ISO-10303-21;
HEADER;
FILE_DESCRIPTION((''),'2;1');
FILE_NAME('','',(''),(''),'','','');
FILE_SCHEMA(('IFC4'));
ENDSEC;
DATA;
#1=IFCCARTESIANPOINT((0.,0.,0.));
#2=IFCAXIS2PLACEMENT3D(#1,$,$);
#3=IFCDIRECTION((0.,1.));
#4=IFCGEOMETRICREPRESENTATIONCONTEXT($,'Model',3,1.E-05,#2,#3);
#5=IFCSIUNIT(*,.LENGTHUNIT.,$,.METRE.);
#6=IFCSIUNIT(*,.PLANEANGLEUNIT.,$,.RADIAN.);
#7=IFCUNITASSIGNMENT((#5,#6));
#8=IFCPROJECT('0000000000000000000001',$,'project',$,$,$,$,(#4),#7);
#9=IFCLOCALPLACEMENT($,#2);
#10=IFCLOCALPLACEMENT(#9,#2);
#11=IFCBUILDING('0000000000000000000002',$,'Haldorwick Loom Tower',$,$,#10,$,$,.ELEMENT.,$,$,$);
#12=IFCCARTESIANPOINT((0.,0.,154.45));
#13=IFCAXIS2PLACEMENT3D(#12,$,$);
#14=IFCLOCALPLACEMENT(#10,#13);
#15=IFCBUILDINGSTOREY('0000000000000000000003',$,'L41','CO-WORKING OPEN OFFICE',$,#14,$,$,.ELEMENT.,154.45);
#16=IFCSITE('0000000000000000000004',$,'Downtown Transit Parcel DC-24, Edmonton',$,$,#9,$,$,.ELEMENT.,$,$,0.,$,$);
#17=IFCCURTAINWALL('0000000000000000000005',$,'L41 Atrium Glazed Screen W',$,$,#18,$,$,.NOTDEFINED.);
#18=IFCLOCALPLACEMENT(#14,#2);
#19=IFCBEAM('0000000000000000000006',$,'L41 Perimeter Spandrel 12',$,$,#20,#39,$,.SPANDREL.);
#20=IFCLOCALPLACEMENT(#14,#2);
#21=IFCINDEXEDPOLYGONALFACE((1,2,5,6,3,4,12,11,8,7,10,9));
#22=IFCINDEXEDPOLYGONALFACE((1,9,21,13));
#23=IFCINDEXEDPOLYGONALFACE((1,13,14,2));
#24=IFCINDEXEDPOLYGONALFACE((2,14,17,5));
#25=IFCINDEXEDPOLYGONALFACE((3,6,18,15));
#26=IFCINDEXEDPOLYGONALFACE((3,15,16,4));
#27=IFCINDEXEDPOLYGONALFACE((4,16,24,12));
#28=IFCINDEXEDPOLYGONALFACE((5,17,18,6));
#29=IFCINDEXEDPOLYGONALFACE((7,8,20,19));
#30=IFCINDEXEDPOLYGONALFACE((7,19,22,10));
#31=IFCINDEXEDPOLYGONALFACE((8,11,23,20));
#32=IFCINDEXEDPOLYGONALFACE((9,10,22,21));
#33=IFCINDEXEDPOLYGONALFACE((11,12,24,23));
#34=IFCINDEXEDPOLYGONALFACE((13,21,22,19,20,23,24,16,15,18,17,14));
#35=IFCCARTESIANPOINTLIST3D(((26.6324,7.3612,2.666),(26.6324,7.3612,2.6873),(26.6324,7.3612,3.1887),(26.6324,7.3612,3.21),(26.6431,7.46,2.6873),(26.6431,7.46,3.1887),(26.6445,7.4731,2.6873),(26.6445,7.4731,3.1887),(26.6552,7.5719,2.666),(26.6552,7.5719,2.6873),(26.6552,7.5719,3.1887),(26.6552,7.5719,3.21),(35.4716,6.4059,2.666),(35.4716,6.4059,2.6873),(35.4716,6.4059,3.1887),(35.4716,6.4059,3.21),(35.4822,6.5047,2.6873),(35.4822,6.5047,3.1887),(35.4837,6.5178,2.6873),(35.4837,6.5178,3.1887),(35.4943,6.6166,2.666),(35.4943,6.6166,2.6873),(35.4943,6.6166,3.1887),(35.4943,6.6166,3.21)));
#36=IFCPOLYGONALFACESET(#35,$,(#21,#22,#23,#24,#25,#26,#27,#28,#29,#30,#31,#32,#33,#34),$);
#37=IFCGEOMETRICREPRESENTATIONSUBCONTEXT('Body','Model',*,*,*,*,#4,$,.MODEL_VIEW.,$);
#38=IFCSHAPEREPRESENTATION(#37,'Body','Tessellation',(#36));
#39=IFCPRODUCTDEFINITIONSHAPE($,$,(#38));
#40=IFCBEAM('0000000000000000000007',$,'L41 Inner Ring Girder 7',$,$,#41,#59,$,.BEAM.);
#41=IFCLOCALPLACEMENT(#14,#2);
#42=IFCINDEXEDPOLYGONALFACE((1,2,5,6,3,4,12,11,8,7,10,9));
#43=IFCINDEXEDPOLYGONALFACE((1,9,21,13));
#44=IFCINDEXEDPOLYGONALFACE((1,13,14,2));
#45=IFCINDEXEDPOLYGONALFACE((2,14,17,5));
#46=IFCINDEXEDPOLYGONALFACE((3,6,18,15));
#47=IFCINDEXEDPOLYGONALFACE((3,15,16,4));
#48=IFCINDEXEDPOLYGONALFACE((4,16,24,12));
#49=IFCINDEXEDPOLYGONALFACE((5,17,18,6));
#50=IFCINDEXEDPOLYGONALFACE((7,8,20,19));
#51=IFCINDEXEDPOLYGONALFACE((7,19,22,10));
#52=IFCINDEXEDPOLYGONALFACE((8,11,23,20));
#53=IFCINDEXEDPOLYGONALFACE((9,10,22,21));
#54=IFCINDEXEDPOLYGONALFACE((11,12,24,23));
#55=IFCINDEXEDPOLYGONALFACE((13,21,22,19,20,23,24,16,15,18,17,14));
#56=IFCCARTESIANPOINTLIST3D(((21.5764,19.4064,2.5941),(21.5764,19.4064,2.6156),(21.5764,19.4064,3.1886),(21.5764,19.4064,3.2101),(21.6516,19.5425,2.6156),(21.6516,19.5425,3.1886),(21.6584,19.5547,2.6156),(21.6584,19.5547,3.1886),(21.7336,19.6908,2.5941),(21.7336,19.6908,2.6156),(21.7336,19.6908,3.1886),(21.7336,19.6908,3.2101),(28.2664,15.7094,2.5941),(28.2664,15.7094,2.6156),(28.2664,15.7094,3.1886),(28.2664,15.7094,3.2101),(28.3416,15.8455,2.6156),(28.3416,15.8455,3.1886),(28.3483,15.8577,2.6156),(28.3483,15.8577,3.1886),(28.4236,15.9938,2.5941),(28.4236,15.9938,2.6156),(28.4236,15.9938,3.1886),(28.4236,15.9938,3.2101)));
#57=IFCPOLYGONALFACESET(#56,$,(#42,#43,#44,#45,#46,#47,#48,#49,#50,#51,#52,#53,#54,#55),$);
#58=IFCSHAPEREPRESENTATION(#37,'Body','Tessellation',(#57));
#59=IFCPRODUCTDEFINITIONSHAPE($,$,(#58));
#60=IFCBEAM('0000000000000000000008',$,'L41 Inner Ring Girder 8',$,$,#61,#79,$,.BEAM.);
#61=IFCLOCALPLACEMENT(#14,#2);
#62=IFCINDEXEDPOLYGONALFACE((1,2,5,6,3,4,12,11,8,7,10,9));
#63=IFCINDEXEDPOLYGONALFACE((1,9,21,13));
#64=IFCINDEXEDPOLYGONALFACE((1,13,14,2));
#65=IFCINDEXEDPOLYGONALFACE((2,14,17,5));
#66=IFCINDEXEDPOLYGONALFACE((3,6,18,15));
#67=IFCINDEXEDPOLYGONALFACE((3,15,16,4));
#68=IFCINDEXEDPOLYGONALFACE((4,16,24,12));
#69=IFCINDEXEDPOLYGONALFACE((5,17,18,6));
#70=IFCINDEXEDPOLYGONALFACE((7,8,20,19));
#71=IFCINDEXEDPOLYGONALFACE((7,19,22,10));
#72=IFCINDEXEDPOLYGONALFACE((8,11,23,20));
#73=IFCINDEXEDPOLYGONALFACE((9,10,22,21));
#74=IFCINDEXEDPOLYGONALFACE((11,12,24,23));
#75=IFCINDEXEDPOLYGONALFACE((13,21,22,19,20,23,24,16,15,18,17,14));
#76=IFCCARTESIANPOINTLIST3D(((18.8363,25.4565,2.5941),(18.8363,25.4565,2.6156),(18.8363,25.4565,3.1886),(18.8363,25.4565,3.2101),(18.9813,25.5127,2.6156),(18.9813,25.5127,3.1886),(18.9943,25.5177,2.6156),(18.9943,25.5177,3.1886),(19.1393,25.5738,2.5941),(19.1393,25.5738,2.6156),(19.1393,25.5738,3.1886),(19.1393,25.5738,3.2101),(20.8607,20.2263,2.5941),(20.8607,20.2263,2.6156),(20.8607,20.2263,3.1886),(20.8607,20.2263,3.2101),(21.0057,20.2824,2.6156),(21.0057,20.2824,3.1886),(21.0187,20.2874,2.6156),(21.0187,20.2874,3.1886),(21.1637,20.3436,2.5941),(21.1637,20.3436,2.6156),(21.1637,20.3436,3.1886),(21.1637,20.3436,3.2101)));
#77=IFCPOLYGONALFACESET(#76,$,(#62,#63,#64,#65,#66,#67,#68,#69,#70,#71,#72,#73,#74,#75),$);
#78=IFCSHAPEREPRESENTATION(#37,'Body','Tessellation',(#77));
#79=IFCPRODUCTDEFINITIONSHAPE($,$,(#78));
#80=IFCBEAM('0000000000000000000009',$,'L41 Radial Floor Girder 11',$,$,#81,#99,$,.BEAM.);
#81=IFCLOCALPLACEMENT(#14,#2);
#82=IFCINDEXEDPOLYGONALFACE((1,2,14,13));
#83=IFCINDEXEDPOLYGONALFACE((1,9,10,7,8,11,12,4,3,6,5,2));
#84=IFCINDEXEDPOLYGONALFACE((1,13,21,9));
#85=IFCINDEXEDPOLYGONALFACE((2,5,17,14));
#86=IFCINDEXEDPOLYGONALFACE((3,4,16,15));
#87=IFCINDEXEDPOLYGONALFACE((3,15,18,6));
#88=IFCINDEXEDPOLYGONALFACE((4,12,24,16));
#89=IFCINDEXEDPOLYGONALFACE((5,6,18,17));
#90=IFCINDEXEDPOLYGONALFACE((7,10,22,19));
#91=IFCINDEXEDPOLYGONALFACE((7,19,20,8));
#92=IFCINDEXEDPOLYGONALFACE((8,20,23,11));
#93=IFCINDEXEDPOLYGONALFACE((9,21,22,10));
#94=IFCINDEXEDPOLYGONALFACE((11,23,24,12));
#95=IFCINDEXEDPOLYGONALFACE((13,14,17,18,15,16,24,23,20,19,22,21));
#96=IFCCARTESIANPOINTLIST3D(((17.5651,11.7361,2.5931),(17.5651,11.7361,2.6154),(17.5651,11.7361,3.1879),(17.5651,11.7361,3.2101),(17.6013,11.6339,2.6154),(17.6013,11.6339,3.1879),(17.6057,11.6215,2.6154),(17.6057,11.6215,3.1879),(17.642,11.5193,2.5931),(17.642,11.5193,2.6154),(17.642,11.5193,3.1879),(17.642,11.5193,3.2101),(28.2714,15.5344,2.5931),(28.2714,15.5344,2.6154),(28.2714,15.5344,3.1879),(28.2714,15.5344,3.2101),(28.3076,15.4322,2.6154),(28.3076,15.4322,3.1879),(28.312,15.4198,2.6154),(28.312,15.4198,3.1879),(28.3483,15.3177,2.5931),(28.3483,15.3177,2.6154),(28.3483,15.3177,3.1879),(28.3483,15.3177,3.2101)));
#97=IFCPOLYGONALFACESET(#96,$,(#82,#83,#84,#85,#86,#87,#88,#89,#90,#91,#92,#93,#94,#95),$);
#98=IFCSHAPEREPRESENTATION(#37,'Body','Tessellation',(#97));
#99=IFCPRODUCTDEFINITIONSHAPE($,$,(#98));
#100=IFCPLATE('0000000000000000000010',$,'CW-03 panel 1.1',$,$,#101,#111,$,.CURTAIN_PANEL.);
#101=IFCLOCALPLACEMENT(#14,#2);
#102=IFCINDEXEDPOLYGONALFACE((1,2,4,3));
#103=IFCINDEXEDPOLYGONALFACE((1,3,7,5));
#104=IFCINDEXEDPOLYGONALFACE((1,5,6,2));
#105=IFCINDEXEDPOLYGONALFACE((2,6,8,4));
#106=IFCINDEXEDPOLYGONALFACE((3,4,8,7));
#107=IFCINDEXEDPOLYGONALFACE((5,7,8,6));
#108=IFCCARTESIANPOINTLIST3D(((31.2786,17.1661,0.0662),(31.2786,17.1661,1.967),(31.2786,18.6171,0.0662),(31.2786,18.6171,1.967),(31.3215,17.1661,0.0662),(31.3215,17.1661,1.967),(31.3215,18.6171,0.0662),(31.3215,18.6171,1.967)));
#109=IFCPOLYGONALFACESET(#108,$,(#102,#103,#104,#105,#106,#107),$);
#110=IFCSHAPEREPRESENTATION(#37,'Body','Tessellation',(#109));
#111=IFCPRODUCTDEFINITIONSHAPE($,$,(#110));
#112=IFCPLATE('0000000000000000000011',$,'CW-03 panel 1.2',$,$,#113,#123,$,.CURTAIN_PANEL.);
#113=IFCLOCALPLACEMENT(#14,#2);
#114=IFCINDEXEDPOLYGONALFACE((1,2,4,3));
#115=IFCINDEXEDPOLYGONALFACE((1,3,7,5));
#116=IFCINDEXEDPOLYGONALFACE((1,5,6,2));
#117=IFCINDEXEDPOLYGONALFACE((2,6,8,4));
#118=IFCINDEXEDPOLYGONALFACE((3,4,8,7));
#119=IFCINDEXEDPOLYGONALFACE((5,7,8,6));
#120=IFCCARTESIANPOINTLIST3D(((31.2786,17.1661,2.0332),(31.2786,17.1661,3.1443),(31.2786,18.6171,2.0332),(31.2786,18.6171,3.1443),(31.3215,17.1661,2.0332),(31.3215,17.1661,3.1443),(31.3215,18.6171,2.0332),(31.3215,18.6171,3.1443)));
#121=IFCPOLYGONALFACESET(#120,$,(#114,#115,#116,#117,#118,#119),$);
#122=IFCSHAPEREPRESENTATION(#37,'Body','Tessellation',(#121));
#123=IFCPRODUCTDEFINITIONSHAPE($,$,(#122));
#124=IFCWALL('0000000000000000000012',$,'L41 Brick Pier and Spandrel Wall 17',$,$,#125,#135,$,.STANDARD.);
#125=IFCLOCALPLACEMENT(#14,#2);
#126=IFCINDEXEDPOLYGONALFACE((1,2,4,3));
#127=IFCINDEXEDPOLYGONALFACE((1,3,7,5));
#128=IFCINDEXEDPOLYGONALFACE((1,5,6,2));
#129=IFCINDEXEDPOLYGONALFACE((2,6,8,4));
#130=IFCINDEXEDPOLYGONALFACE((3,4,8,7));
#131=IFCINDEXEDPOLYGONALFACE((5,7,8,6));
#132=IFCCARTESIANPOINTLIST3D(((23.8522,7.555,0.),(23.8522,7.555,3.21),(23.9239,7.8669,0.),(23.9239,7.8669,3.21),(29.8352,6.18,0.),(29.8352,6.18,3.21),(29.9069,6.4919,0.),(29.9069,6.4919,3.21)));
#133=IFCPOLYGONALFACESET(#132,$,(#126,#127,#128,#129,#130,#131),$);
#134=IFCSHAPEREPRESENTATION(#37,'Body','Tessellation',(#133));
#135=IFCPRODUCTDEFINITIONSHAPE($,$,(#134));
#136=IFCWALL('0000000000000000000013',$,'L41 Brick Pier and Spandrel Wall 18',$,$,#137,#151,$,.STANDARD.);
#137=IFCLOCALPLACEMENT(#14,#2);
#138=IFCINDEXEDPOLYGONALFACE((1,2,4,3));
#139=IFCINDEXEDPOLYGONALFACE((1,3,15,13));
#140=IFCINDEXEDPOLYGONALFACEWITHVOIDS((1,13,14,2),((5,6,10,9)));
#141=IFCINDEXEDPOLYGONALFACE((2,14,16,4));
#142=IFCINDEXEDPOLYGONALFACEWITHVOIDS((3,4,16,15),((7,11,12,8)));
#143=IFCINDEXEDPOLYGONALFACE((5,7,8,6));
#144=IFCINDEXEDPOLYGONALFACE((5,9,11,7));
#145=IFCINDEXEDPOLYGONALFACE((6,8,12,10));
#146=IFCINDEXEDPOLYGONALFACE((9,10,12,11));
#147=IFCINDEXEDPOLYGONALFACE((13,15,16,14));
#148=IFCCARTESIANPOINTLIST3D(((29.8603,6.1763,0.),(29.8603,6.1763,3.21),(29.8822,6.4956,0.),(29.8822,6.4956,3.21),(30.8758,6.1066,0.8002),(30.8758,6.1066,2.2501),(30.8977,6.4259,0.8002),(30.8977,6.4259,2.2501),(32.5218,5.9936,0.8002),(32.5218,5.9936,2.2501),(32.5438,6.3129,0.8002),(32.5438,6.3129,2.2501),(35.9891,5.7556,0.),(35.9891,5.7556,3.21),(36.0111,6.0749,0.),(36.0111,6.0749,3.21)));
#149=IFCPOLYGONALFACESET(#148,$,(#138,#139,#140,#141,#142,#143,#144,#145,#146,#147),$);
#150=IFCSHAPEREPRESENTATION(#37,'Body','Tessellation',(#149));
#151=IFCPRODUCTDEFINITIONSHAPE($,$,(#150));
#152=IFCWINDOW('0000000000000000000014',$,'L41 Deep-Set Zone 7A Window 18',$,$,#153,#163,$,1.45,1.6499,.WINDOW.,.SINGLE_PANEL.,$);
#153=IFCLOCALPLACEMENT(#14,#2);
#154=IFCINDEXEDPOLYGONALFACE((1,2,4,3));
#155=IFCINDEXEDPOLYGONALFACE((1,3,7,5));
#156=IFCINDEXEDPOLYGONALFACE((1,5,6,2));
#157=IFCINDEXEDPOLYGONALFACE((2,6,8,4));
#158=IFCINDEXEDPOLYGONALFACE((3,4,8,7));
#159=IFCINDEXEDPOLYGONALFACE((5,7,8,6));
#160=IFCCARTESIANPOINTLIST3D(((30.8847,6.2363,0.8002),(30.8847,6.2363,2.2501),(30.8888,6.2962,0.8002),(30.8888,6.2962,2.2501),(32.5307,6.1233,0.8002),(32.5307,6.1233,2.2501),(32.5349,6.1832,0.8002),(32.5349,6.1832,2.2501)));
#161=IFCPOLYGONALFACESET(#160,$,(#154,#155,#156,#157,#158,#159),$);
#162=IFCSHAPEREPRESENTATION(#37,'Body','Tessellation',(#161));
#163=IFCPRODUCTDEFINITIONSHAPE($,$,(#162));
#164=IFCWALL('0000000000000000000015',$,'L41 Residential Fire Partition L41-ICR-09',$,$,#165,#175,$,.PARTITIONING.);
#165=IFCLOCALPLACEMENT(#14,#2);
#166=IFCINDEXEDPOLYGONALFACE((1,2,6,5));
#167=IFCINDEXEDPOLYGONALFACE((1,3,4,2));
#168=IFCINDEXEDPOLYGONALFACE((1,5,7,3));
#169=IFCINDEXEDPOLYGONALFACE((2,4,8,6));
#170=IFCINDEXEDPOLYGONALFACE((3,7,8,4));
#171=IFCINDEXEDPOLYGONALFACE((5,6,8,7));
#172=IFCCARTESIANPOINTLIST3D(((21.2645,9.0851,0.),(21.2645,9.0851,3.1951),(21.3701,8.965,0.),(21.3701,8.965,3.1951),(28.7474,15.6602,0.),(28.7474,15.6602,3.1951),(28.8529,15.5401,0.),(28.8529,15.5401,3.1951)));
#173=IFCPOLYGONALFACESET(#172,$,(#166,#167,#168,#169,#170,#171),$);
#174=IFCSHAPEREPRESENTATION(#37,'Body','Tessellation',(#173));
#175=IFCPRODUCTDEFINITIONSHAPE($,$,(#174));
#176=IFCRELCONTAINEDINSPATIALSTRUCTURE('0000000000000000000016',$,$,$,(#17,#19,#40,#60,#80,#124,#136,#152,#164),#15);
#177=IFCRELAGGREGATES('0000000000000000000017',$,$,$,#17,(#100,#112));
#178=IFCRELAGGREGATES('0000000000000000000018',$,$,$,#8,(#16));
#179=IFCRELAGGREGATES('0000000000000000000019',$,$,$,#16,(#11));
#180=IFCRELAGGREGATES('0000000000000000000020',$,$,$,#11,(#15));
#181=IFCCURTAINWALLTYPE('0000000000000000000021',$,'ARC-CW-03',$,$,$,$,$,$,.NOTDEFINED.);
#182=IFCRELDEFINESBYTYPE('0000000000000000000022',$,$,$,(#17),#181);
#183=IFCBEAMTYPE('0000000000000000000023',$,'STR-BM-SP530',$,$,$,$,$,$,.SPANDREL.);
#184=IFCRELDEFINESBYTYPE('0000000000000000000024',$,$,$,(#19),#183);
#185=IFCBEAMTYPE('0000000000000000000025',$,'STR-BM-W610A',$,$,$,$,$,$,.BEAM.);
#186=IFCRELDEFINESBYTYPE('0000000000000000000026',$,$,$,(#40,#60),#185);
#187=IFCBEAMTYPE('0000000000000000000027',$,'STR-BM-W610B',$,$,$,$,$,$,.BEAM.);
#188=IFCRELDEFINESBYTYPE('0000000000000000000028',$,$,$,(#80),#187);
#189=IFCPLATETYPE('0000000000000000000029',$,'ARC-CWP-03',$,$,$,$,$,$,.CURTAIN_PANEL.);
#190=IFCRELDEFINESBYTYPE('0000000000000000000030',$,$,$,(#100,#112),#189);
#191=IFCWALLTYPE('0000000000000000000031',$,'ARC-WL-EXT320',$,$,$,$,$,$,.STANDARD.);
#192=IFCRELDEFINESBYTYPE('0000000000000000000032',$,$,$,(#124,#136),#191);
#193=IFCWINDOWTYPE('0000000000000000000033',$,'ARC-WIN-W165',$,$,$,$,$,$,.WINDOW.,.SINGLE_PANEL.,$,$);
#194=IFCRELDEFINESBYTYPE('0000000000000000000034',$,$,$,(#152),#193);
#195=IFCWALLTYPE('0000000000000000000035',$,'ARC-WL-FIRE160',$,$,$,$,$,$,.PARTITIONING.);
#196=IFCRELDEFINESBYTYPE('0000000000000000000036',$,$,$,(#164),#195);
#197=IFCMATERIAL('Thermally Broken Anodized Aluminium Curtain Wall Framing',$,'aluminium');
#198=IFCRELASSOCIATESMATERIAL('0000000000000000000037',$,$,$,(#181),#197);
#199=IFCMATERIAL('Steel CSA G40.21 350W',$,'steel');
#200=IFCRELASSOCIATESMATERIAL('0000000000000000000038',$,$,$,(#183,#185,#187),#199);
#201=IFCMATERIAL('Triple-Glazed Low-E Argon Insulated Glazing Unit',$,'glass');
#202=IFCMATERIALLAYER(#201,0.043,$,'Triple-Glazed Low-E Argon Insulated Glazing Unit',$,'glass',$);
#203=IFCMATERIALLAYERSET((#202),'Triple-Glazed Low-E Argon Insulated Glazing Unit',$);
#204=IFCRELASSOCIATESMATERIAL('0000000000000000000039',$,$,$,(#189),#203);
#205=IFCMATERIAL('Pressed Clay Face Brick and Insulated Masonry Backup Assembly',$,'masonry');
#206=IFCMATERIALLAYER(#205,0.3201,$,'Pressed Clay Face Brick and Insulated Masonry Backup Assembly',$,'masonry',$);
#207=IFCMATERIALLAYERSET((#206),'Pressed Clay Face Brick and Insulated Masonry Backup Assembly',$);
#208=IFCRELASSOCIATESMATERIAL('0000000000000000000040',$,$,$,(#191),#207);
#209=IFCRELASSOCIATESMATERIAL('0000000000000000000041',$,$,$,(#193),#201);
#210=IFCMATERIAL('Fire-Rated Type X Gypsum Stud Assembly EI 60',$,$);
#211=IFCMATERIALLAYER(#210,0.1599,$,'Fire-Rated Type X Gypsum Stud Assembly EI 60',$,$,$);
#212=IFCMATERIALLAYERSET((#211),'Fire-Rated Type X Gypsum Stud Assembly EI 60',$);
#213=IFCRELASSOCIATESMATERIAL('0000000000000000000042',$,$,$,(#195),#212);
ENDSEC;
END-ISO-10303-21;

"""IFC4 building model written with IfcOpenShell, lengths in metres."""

from ifc_helpers import new_model, si_unit, direction, frame, frame_2d, origin, origin_2d, place, context, subcontext, project, spatial, rectangle, i_section, extrude, material, layer, layer_set, material_profile, profile_set, type_object, element, fill, aggregate, save


model = new_model("IFC4")

# Units and contexts
model_context = context("Model", 3, precision=1e-05, world=origin(), true_north=direction((0.0, 1.0)))
body_context = subcontext(model_context, "Body", "Model", "MODEL_VIEW")
ifc_project = project(units=[si_unit("LENGTHUNIT", "METRE"), si_unit("PLANEANGLEUNIT", "RADIAN")], contexts=[model_context])

# Site, building, storey
site_placement = place(None, origin())
site = spatial("IfcSite", under=ifc_project, at=site_placement, Name="Downtown Transit Parcel DC-24, Edmonton", CompositionType="ELEMENT", RefElevation=0.0)
building_placement = place(site_placement, origin())
building = spatial("IfcBuilding", under=site, at=building_placement, Name="Haldorwick Loom Tower", CompositionType="ELEMENT")
storey_placement = place(building_placement, frame((0.0, 0.0, 154.45)))
storey = spatial("IfcBuildingStorey", under=building, at=storey_placement, Name="L41", Description="CO-WORKING OPEN OFFICE", CompositionType="ELEMENT", Elevation=154.45)

# Curtain wall
ifc_material_1 = material(Name="Thermally Broken Anodized Aluminium Curtain Wall Framing", Category="aluminium")
curtain_wall_type = type_object("IfcCurtainWallType", Name="ARC-CW-03", PredefinedType="NOTDEFINED", material=ifc_material_1)
curtain_wall_placement = place(storey_placement, origin())
curtain_wall = element("IfcCurtainWall", 1, at=curtain_wall_placement, inside=storey, type_object=curtain_wall_type, Name="L41 Atrium Glazed Screen W", PredefinedType="NOTDEFINED")

# Beams
ifc_material_2 = material(Name="Steel CSA G40.21 350W", Category="steel")
ifc_material_profile_1 = material_profile(ifc_material_2, i_section(OverallWidth=0.2119, OverallDepth=0.5439, WebThickness=0.0132, FlangeThickness=0.0212, at=origin_2d()), Name="W530X123", Category="steel")
ifc_profile_set_1 = profile_set([ifc_material_profile_1], Name="Steel CSA G40.21 350W")
beam_type_1 = type_object("IfcBeamType", Name="STR-BM-SP530", PredefinedType="SPANDREL", material=ifc_profile_set_1)
beam_1_placement = place(storey_placement, frame((26.6438, 7.4666, 2.938), z_axis=(0.99421, -0.107453, 0.0), x_axis=(0.107453, 0.99421, 0.0)))
element("IfcBeam", 2, at=beam_1_placement, inside=storey, type_object=beam_type_1, Name="L41 Perimeter Spandrel 12", PredefinedType="SPANDREL", context=body_context, shape_type="SweptSolid", body=[
    extrude(i_section(OverallWidth=0.2119, OverallDepth=0.5439, WebThickness=0.0132, FlangeThickness=0.0212, at=origin_2d()), origin(), (0.0, 0.0, 1.0), 8.8906),
])
ifc_material_profile_2 = material_profile(ifc_material_2, i_section(OverallWidth=0.325, OverallDepth=0.616, WebThickness=0.0139, FlangeThickness=0.0215, at=origin_2d()), Name="W610X174", Category="steel")
ifc_profile_set_2 = profile_set([ifc_material_profile_2], Name="Steel CSA G40.21 350W")
beam_type_2 = type_object("IfcBeamType", Name="STR-BM-W610A", PredefinedType="BEAM", material=ifc_profile_set_2)
beam_2_placement = place(storey_placement, frame((28.345, 15.8516, 2.9021), z_axis=(-0.875244, 0.483681, 0.0), x_axis=(-0.483681, -0.875244, 0.0)))
element("IfcBeam", 3, at=beam_2_placement, inside=storey, type_object=beam_type_2, Name="L41 Inner Ring Girder 7", PredefinedType="BEAM", context=body_context, shape_type="SweptSolid", body=[
    extrude(i_section(OverallWidth=0.325, OverallDepth=0.616, WebThickness=0.0139, FlangeThickness=0.0215, at=origin_2d()), origin(), (0.0, 0.0, 1.0), 7.6436),
])
beam_3_placement = place(storey_placement, frame((21.0122, 20.2849, 2.9021), z_axis=(-0.360965, 0.932579, 0.0), x_axis=(-0.932579, -0.360965, 0.0)))
element("IfcBeam", 4, at=beam_3_placement, inside=storey, type_object=beam_type_2, Name="L41 Inner Ring Girder 8", PredefinedType="BEAM", context=body_context, shape_type="SweptSolid", body=[
    extrude(i_section(OverallWidth=0.325, OverallDepth=0.616, WebThickness=0.0139, FlangeThickness=0.0215, at=origin_2d()), origin(), (0.0, 0.0, 1.0), 5.6084),
])
ifc_material_profile_3 = material_profile(ifc_material_2, i_section(OverallWidth=0.23, OverallDepth=0.6169, WebThickness=0.0132, FlangeThickness=0.0222, at=origin_2d()), Name="W610X140", Category="steel")
ifc_profile_set_3 = profile_set([ifc_material_profile_3], Name="Steel CSA G40.21 350W")
beam_type_3 = type_object("IfcBeamType", Name="STR-BM-W610B", PredefinedType="BEAM", material=ifc_profile_set_3)
beam_4_placement = place(storey_placement, frame((28.3098, 15.426, 2.9016), z_axis=(-0.942446, -0.334358, 0.0), x_axis=(0.334358, -0.942446, 0.0)))
element("IfcBeam", 5, at=beam_4_placement, inside=storey, type_object=beam_type_3, Name="L41 Radial Floor Girder 11", PredefinedType="BEAM", context=body_context, shape_type="SweptSolid", body=[
    extrude(i_section(OverallWidth=0.23, OverallDepth=0.6169, WebThickness=0.0132, FlangeThickness=0.0222, at=origin_2d()), origin(), (0.0, 0.0, 1.0), 11.3601),
])

# Plates
ifc_material_3 = material(Name="Triple-Glazed Low-E Argon Insulated Glazing Unit", Category="glass")
ifc_layer_1 = layer(ifc_material_3, 0.043, Name="Triple-Glazed Low-E Argon Insulated Glazing Unit", Category="glass")
ifc_layer_set_1 = layer_set([ifc_layer_1], Name="Triple-Glazed Low-E Argon Insulated Glazing Unit")
plate_type = type_object("IfcPlateType", Name="ARC-CWP-03", PredefinedType="CURTAIN_PANEL", material=ifc_layer_set_1)
plate_1_placement = place(storey_placement, frame((31.3, 17.8916, 0.0662), z_axis=(0.0, 0.0, 1.0), x_axis=(0.0, 1.0, 0.0)))
plate_1 = element("IfcPlate", 6, at=plate_1_placement, type_object=plate_type, Name="CW-03 panel 1.1", PredefinedType="CURTAIN_PANEL", context=body_context, shape_type="SweptSolid", body=[
    extrude(rectangle(XDim=1.4509, YDim=0.043, at=origin_2d()), origin(), (0.0, 0.0, 1.0), 1.9009),
])
plate_2_placement = place(storey_placement, frame((31.3, 17.8916, 2.0332), z_axis=(0.0, 0.0, 1.0), x_axis=(0.0, 1.0, 0.0)))
plate_2 = element("IfcPlate", 7, at=plate_2_placement, type_object=plate_type, Name="CW-03 panel 1.2", PredefinedType="CURTAIN_PANEL", context=body_context, shape_type="SweptSolid", body=[
    extrude(rectangle(XDim=1.4509, YDim=0.043, at=origin_2d()), origin(), (0.0, 0.0, 1.0), 1.1111),
])
aggregate(curtain_wall, [plate_1, plate_2])

# Wall
ifc_material_4 = material(Name="Pressed Clay Face Brick and Insulated Masonry Backup Assembly", Category="masonry")
ifc_layer_2 = layer(ifc_material_4, 0.3201, Name="Pressed Clay Face Brick and Insulated Masonry Backup Assembly", Category="masonry")
ifc_layer_set_2 = layer_set([ifc_layer_2], Name="Pressed Clay Face Brick and Insulated Masonry Backup Assembly")
wall_type_1 = type_object("IfcWallType", Name="ARC-WL-EXT320", PredefinedType="STANDARD", material=ifc_layer_set_2)
wall_1_placement = place(storey_placement, frame((23.8882, 7.7109, 0.0), z_axis=(0.0, 0.0, 1.0), x_axis=(0.974593, -0.223982, 0.0)))
element("IfcWall", 8, at=wall_1_placement, inside=storey, type_object=wall_type_1, Name="L41 Brick Pier and Spandrel Wall 17", PredefinedType="STANDARD", context=body_context, shape_type="SweptSolid", body=[
    extrude(rectangle(XDim=6.1389, YDim=0.3201, at=frame_2d((3.0693, 0.0))), origin(), (0.0, 0.0, 1.0), 3.21),
])

# Wall, opening, window
wall_2_placement = place(storey_placement, frame((29.8711, 6.3359, 0.0), z_axis=(0.0, 0.0, 1.0), x_axis=(0.997653, -0.068473, 0.0)))
wall_2 = element("IfcWall", 9, at=wall_2_placement, inside=storey, type_object=wall_type_1, Name="L41 Brick Pier and Spandrel Wall 18", PredefinedType="STANDARD", context=body_context, shape_type="SweptSolid", body=[
    extrude(rectangle(XDim=6.1433, YDim=0.3201, at=frame_2d((3.0718, 0.0))), origin(), (0.0, 0.0, 1.0), 3.21),
])
opening_placement = place(wall_2_placement, frame((1.0181, 0.0, 0.8)))
opening = element("IfcOpeningElement", 10, at=opening_placement, cuts=wall_2, PredefinedType="OPENING", context=body_context, shape_type="SweptSolid", body=[
    extrude(rectangle(XDim=1.6499, YDim=1.45, at=frame_2d((0.825, 0.7251))), frame((0.0, 0.1699, 0.0), z_axis=(0.0, -1.0, 0.0), x_axis=(1.0, 0.0, 0.0)), (0.0, 0.0, 1.0), 0.3401),
])
window_type = type_object("IfcWindowType", Name="ARC-WIN-W165", PartitioningType="SINGLE_PANEL", PredefinedType="WINDOW", material=ifc_material_3)
window_placement = place(opening_placement, origin())
window = element("IfcWindow", 11, at=window_placement, inside=storey, type_object=window_type, Name="L41 Deep-Set Zone 7A Window 18", OverallHeight=1.45, OverallWidth=1.6499, PartitioningType="SINGLE_PANEL", PredefinedType="WINDOW", context=body_context, shape_type="SweptSolid", body=[
    extrude(rectangle(XDim=1.6499, YDim=1.45, at=frame_2d((0.825, 0.7251))), frame((0.0, 0.03, 0.0), z_axis=(0.0, -1.0, 0.0), x_axis=(1.0, 0.0, 0.0)), (0.0, 0.0, 1.0), 0.0601),
])
fill(opening, window)

# Wall
ifc_material_5 = material(Name="Fire-Rated Type X Gypsum Stud Assembly EI 60")
ifc_layer_3 = layer(ifc_material_5, 0.1599, Name="Fire-Rated Type X Gypsum Stud Assembly EI 60")
ifc_layer_set_3 = layer_set([ifc_layer_3], Name="Fire-Rated Type X Gypsum Stud Assembly EI 60")
wall_type_2 = type_object("IfcWallType", Name="ARC-WL-FIRE160", PredefinedType="PARTITIONING", material=ifc_layer_set_3)
wall_3_placement = place(storey_placement, frame((28.8, 15.6001, 0.0), z_axis=(0.0, 0.0, 1.0), x_axis=(-0.7512, -0.660075, 0.0)))
element("IfcWall", 12, at=wall_3_placement, inside=storey, type_object=wall_type_2, Name="L41 Residential Fire Partition L41-ICR-09", PredefinedType="PARTITIONING", context=body_context, shape_type="SweptSolid", body=[
    extrude(rectangle(XDim=9.9612, YDim=0.1599, at=frame_2d((4.9805, 0.0))), origin(), (0.0, 0.0, 1.0), 3.1951),
])

save(model, "model.ifc")
